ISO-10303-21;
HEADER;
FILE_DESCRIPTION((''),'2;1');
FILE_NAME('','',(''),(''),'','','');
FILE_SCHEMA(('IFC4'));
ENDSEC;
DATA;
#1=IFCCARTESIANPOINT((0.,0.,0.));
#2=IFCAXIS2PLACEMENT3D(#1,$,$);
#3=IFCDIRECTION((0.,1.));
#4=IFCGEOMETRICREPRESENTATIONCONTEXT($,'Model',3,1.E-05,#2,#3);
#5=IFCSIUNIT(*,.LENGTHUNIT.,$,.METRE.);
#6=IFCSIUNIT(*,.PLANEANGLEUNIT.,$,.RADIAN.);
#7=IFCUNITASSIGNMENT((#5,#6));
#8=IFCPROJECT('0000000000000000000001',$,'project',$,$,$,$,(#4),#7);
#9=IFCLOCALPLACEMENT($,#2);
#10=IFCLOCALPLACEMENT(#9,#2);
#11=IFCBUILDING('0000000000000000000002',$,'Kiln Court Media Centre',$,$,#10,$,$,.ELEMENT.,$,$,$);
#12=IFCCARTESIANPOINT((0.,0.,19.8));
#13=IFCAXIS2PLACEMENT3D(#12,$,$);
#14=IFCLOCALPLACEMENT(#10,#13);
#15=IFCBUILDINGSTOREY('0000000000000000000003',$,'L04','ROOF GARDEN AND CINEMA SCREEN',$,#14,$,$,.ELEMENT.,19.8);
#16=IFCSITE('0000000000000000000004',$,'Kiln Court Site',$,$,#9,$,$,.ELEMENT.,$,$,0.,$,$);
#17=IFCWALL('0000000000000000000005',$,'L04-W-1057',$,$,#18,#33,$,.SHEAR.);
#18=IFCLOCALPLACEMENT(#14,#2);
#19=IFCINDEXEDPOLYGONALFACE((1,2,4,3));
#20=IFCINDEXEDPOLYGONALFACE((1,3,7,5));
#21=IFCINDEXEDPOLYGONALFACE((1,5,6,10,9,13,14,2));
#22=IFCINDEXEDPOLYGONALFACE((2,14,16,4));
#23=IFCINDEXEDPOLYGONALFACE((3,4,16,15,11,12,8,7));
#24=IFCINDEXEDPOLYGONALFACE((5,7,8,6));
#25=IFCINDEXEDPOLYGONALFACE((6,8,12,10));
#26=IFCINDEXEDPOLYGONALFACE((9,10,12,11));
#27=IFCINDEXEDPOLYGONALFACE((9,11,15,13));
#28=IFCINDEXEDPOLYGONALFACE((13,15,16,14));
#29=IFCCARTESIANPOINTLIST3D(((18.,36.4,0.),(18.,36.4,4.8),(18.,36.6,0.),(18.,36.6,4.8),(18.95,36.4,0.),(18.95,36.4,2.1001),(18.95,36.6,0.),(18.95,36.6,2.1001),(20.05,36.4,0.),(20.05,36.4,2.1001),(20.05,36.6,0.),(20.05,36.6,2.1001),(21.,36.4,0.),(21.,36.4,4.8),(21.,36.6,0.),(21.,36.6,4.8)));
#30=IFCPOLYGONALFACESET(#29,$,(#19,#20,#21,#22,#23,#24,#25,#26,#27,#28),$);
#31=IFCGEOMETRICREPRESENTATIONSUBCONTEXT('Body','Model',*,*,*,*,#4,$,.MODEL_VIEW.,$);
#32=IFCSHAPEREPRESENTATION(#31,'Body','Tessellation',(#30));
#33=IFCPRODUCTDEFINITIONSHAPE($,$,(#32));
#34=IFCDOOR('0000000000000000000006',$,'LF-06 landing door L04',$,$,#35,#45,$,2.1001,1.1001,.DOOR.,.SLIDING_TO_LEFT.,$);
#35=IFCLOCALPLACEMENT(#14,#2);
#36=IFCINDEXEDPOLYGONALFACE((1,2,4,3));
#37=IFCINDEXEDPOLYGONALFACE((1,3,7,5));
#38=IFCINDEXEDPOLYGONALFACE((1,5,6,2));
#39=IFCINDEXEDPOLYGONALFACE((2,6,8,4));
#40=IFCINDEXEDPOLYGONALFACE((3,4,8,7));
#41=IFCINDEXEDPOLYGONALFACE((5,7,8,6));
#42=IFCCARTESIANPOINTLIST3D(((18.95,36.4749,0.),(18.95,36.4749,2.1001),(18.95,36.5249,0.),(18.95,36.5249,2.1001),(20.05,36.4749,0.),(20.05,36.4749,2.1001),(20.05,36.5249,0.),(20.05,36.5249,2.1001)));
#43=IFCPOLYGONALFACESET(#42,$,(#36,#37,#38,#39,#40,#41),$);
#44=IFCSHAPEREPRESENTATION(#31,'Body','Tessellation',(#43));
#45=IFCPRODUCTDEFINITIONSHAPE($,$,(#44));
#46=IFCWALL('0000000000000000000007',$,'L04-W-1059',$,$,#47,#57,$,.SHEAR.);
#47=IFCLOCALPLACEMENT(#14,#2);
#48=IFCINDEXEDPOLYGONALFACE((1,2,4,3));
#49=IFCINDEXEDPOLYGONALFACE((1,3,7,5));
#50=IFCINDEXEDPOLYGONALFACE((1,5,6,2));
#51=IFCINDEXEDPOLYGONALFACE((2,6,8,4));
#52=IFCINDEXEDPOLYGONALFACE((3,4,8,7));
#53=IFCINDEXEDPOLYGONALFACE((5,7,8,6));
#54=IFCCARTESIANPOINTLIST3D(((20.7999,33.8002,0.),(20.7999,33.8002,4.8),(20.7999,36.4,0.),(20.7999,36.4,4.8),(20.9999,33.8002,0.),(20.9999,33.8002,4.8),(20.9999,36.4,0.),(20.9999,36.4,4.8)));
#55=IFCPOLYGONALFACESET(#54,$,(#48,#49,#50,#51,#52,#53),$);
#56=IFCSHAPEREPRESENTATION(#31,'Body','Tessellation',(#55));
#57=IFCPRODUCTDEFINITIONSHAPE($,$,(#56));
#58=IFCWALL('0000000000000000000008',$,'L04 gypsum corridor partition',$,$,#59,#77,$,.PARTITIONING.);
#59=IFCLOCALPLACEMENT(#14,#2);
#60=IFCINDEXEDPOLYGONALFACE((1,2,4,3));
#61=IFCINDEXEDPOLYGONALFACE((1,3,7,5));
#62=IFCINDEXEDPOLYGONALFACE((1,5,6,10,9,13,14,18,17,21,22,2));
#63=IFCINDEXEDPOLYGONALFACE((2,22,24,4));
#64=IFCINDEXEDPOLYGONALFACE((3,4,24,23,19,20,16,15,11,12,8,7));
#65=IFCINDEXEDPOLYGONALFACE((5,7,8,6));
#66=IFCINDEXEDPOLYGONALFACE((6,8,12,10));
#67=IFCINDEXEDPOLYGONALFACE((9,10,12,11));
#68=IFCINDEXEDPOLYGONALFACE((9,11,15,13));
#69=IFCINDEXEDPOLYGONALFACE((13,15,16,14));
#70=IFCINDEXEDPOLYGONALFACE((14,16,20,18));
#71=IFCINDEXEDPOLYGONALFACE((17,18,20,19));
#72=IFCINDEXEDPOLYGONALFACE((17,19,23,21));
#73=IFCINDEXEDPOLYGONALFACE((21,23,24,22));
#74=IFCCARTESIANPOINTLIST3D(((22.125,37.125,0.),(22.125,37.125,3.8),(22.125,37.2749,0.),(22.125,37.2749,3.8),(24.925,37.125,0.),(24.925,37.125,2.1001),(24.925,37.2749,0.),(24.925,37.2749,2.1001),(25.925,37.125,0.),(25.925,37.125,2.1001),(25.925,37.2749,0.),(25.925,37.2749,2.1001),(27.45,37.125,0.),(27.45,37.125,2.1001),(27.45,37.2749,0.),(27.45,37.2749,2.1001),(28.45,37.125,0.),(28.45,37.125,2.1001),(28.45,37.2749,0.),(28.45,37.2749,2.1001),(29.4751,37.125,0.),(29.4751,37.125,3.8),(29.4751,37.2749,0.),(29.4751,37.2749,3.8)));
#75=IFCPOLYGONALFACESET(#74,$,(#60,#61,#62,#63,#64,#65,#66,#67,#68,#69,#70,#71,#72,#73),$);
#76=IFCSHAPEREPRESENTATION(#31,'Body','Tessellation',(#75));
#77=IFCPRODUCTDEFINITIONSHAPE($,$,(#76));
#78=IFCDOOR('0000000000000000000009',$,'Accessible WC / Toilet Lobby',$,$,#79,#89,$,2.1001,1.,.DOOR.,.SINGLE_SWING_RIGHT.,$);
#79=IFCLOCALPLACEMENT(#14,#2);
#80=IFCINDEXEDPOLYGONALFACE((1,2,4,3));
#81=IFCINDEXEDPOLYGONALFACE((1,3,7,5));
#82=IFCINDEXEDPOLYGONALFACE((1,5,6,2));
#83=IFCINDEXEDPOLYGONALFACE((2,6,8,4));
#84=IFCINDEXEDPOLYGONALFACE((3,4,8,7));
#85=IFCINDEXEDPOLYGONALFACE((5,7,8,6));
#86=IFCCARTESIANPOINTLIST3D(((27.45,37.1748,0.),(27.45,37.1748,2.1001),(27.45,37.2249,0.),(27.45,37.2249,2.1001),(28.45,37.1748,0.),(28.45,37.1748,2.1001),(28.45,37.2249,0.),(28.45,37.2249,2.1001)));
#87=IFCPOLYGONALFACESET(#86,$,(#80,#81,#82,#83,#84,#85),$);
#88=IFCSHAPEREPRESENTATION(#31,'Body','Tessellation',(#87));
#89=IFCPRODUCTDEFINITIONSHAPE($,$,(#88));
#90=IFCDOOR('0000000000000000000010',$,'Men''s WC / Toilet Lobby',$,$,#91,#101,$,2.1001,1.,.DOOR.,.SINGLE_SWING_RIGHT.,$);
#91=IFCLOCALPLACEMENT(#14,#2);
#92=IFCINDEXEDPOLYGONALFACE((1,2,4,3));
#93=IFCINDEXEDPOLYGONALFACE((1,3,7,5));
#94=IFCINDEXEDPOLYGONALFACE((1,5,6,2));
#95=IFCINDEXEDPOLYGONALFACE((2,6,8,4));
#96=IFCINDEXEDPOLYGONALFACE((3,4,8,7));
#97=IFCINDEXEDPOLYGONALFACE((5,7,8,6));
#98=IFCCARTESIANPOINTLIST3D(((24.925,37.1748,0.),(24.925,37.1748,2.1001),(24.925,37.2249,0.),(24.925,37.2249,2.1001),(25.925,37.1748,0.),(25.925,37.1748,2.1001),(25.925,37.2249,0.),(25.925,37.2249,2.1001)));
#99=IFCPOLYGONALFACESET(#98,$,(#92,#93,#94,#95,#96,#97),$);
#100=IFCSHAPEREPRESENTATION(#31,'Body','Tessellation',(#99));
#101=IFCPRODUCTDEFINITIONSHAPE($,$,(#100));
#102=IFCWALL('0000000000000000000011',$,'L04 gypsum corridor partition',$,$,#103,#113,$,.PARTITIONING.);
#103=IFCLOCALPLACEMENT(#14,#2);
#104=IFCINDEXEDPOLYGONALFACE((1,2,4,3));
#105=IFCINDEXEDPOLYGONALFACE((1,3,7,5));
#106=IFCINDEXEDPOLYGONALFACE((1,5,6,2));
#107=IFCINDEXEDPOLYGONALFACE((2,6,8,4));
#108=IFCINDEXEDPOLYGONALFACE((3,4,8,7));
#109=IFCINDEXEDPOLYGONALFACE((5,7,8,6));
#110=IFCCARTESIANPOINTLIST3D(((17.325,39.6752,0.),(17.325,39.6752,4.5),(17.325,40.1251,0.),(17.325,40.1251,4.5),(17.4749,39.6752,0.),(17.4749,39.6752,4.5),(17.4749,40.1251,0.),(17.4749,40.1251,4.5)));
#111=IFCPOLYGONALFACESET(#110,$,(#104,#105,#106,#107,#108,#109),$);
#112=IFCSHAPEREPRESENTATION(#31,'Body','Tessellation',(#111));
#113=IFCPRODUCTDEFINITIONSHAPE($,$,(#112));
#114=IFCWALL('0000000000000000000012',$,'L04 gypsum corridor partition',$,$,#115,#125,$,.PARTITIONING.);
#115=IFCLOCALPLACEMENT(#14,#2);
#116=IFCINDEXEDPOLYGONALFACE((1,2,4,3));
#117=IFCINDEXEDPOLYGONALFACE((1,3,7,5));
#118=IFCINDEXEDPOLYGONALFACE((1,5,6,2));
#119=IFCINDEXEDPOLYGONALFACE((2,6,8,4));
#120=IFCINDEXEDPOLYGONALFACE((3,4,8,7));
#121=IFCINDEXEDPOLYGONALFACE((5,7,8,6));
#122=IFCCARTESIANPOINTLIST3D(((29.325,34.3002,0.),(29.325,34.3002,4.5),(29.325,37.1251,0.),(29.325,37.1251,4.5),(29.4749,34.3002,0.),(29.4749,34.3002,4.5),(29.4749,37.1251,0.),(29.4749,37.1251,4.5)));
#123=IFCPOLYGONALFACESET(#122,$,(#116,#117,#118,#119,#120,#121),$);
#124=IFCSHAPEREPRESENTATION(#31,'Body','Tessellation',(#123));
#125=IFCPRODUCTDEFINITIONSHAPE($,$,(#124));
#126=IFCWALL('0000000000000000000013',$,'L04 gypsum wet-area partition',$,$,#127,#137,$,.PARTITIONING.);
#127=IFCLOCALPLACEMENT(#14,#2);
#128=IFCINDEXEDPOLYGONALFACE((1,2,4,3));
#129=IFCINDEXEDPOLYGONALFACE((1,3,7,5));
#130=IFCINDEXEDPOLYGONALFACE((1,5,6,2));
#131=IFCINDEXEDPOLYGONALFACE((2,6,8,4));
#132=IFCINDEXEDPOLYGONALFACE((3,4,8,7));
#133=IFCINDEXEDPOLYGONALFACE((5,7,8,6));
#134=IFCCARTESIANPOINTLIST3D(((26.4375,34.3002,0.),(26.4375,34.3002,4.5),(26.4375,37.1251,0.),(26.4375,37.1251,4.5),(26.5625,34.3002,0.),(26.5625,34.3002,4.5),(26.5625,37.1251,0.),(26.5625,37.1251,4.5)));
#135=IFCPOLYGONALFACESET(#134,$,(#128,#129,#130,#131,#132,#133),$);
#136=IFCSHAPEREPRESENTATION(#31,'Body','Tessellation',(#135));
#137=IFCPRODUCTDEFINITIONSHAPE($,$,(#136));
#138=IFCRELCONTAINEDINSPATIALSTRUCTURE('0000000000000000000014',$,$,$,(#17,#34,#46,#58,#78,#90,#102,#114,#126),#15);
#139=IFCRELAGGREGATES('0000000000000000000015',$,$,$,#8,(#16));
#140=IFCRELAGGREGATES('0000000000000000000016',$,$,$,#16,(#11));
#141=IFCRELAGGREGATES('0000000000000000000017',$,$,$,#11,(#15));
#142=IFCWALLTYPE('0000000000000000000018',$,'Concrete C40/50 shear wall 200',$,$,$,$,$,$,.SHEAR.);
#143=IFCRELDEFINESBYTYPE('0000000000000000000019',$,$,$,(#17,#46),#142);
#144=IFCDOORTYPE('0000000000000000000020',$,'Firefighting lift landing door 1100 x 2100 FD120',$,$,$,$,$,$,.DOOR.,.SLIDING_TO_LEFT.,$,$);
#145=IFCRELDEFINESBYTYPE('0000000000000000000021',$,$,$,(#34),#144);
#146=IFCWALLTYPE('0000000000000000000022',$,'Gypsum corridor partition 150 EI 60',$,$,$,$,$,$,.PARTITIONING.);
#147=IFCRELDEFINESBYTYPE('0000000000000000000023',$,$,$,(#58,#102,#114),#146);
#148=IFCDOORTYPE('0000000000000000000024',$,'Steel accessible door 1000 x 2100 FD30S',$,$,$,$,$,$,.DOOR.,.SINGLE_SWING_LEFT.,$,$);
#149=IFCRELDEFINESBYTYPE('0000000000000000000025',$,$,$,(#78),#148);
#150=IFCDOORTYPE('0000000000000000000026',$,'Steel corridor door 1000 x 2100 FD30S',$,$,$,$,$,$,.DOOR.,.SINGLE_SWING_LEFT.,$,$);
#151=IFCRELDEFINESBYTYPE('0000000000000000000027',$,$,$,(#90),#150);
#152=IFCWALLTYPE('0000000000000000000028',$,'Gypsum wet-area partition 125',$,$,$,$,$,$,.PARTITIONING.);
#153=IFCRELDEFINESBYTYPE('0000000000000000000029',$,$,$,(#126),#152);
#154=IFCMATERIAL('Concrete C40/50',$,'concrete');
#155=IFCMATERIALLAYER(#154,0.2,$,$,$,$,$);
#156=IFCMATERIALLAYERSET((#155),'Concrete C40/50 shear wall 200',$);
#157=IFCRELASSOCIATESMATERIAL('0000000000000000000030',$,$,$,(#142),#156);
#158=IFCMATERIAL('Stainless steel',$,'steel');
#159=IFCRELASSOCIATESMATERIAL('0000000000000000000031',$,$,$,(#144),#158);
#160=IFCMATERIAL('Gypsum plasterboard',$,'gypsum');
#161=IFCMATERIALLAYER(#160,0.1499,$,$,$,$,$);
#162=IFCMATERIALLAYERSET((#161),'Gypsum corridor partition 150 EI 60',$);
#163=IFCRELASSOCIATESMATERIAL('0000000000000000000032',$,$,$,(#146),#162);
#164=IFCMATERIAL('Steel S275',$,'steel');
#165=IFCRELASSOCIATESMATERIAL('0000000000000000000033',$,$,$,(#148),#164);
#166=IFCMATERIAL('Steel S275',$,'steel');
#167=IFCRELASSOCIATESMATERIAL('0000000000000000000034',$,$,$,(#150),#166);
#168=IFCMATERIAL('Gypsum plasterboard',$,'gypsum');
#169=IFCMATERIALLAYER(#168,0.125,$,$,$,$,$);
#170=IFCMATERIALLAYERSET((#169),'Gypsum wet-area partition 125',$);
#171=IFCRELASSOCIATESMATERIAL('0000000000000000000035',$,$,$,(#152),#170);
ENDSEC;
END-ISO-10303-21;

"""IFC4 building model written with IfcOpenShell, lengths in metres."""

from ifc_helpers import new_model, si_unit, direction, frame, frame_2d, origin, place, context, subcontext, project, spatial, rectangle, extrude, material, layer, layer_set, type_object, element, fill, save


model = new_model("IFC4")

# Units and contexts
model_context = context("Model", 3, precision=1e-05, world=origin(), true_north=direction((0.0, 1.0)))
body_context = subcontext(model_context, "Body", "Model", "MODEL_VIEW")
ifc_project = project(units=[si_unit("LENGTHUNIT", "METRE"), si_unit("PLANEANGLEUNIT", "RADIAN")], contexts=[model_context])

# Site, building, storey
site_placement = place(None, origin())
site = spatial("IfcSite", under=ifc_project, at=site_placement, Name="Kiln Court Site", CompositionType="ELEMENT", RefElevation=0.0)
building_placement = place(site_placement, origin())
building = spatial("IfcBuilding", under=site, at=building_placement, Name="Kiln Court Media Centre", CompositionType="ELEMENT")
storey_placement = place(building_placement, frame((0.0, 0.0, 19.8)))
storey = spatial("IfcBuildingStorey", under=building, at=storey_placement, Name="L04", Description="ROOF GARDEN AND CINEMA SCREEN", CompositionType="ELEMENT", Elevation=19.8)

# Wall, opening, door
ifc_material_1 = material(Name="Concrete C40/50", Category="concrete")
ifc_layer_1 = layer(ifc_material_1, 0.2)
ifc_layer_set_1 = layer_set([ifc_layer_1], Name="Concrete C40/50 shear wall 200")
wall_type_1 = type_object("IfcWallType", Name="Concrete C40/50 shear wall 200", PredefinedType="SHEAR", material=ifc_layer_set_1)
wall_1_placement = place(storey_placement, frame((18.0, 36.5, 0.0), z_axis=(0.0, 0.0, 1.0), x_axis=(1.0, 0.0, 0.0)))
wall_1 = element("IfcWall", 1, at=wall_1_placement, inside=storey, type_object=wall_type_1, Name="L04-W-1057", PredefinedType="SHEAR", context=body_context, shape_type="SweptSolid", body=[
    extrude(rectangle(XDim=3.0, YDim=0.2, at=frame_2d((1.5, 0.0))), origin(), (0.0, 0.0, 1.0), 4.8),
])
opening_1_placement = place(wall_1_placement, frame((0.95, 0.0, 0.0)))
opening_1 = element("IfcOpeningElement", 2, at=opening_1_placement, cuts=wall_1, PredefinedType="OPENING", context=body_context, shape_type="SweptSolid", body=[
    extrude(rectangle(XDim=1.1001, YDim=2.1001, at=frame_2d((0.55, 1.05))), frame((0.0, 0.1099, 0.0), z_axis=(0.0, -1.0, 0.0), x_axis=(1.0, 0.0, 0.0)), (0.0, 0.0, 1.0), 0.22),
])
ifc_material_2 = material(Name="Stainless steel", Category="steel")
door_type_1 = type_object("IfcDoorType", Name="Firefighting lift landing door 1100 x 2100 FD120", OperationType="SLIDING_TO_LEFT", PredefinedType="DOOR", material=ifc_material_2)
door_1_placement = place(opening_1_placement, origin())
door_1 = element("IfcDoor", 3, at=door_1_placement, inside=storey, type_object=door_type_1, Name="LF-06 landing door L04", OperationType="SLIDING_TO_LEFT", OverallHeight=2.1001, OverallWidth=1.1001, PredefinedType="DOOR", context=body_context, shape_type="SweptSolid", body=[
    extrude(rectangle(XDim=1.1001, YDim=2.1001, at=frame_2d((0.55, 1.05))), frame((0.0, 0.0249, 0.0), z_axis=(0.0, -1.0, 0.0), x_axis=(1.0, 0.0, 0.0)), (0.0, 0.0, 1.0), 0.05),
])
fill(opening_1, door_1)

# Wall
wall_2_placement = place(storey_placement, frame((20.8999, 36.3999, 0.0), z_axis=(0.0, 0.0, 1.0), x_axis=(0.0, -1.0, 0.0)))
element("IfcWall", 4, at=wall_2_placement, inside=storey, type_object=wall_type_1, Name="L04-W-1059", PredefinedType="SHEAR", context=body_context, shape_type="SweptSolid", body=[
    extrude(rectangle(XDim=2.5999, YDim=0.2, at=frame_2d((1.2998, 0.0))), origin(), (0.0, 0.0, 1.0), 4.8),
])

# Wall, openings, doors
ifc_material_3 = material(Name="Gypsum plasterboard", Category="gypsum")
ifc_layer_2 = layer(ifc_material_3, 0.1499)
ifc_layer_set_2 = layer_set([ifc_layer_2], Name="Gypsum corridor partition 150 EI 60")
wall_type_2 = type_object("IfcWallType", Name="Gypsum corridor partition 150 EI 60", PredefinedType="PARTITIONING", material=ifc_layer_set_2)
wall_3_placement = place(storey_placement, frame((22.125, 37.2, 0.0), z_axis=(0.0, 0.0, 1.0), x_axis=(1.0, 0.0, 0.0)))
wall_3 = element("IfcWall", 5, at=wall_3_placement, inside=storey, type_object=wall_type_2, Name="L04 gypsum corridor partition", PredefinedType="PARTITIONING", context=body_context, shape_type="SweptSolid", body=[
    extrude(rectangle(XDim=7.3501, YDim=0.1499, at=frame_2d((3.675, 0.0))), origin(), (0.0, 0.0, 1.0), 3.8),
])
opening_2_placement = place(wall_3_placement, frame((2.8, 0.0, 0.0)))
opening_2 = element("IfcOpeningElement", 6, at=opening_2_placement, cuts=wall_3, PredefinedType="OPENING", context=body_context, shape_type="SweptSolid", body=[
    extrude(rectangle(XDim=1.0, YDim=2.1001, at=frame_2d((0.5, 1.05))), frame((0.0, 0.085, 0.0), z_axis=(0.0, -1.0, 0.0), x_axis=(1.0, 0.0, 0.0)), (0.0, 0.0, 1.0), 0.1699),
])
opening_3_placement = place(wall_3_placement, frame((5.325, 0.0, 0.0)))
opening_3 = element("IfcOpeningElement", 7, at=opening_3_placement, cuts=wall_3, PredefinedType="OPENING", context=body_context, shape_type="SweptSolid", body=[
    extrude(rectangle(XDim=1.0, YDim=2.1001, at=frame_2d((0.5, 1.05))), frame((0.0, 0.085, 0.0), z_axis=(0.0, -1.0, 0.0), x_axis=(1.0, 0.0, 0.0)), (0.0, 0.0, 1.0), 0.1699),
])
ifc_material_4 = material(Name="Steel S275", Category="steel")
door_type_2 = type_object("IfcDoorType", Name="Steel accessible door 1000 x 2100 FD30S", OperationType="SINGLE_SWING_LEFT", PredefinedType="DOOR", material=ifc_material_4)
door_2_placement = place(opening_3_placement, origin())
door_2 = element("IfcDoor", 8, at=door_2_placement, inside=storey, type_object=door_type_2, Name="Accessible WC / Toilet Lobby", OperationType="SINGLE_SWING_RIGHT", OverallHeight=2.1001, OverallWidth=1.0, PredefinedType="DOOR", context=body_context, shape_type="SweptSolid", body=[
    extrude(rectangle(XDim=1.0, YDim=2.1001, at=frame_2d((0.5, 1.05))), frame((0.0, 0.0249, 0.0), z_axis=(0.0, -1.0, 0.0), x_axis=(1.0, 0.0, 0.0)), (0.0, 0.0, 1.0), 0.05),
])
fill(opening_3, door_2)
ifc_material_5 = material(Name="Steel S275", Category="steel")
door_type_3 = type_object("IfcDoorType", Name="Steel corridor door 1000 x 2100 FD30S", OperationType="SINGLE_SWING_LEFT", PredefinedType="DOOR", material=ifc_material_5)
door_3_placement = place(opening_2_placement, origin())
door_3 = element("IfcDoor", 9, at=door_3_placement, inside=storey, type_object=door_type_3, Name="Men's WC / Toilet Lobby", OperationType="SINGLE_SWING_RIGHT", OverallHeight=2.1001, OverallWidth=1.0, PredefinedType="DOOR", context=body_context, shape_type="SweptSolid", body=[
    extrude(rectangle(XDim=1.0, YDim=2.1001, at=frame_2d((0.5, 1.05))), frame((0.0, 0.0249, 0.0), z_axis=(0.0, -1.0, 0.0), x_axis=(1.0, 0.0, 0.0)), (0.0, 0.0, 1.0), 0.05),
])
fill(opening_2, door_3)

# Walls
wall_4_placement = place(storey_placement, frame((17.3999, 39.675, 0.0), z_axis=(0.0, 0.0, 1.0), x_axis=(0.0, 1.0, 0.0)))
element("IfcWall", 10, at=wall_4_placement, inside=storey, type_object=wall_type_2, Name="L04 gypsum corridor partition", PredefinedType="PARTITIONING", context=body_context, shape_type="SweptSolid", body=[
    extrude(rectangle(XDim=0.45, YDim=0.1499, at=frame_2d((0.2251, 0.0))), origin(), (0.0, 0.0, 1.0), 4.5),
])
wall_5_placement = place(storey_placement, frame((29.3999, 34.3, 0.0), z_axis=(0.0, 0.0, 1.0), x_axis=(0.0, 1.0, 0.0)))
element("IfcWall", 11, at=wall_5_placement, inside=storey, type_object=wall_type_2, Name="L04 gypsum corridor partition", PredefinedType="PARTITIONING", context=body_context, shape_type="SweptSolid", body=[
    extrude(rectangle(XDim=2.825, YDim=0.1499, at=frame_2d((1.4126, 0.0))), origin(), (0.0, 0.0, 1.0), 4.5),
])
ifc_material_6 = material(Name="Gypsum plasterboard", Category="gypsum")
ifc_layer_3 = layer(ifc_material_6, 0.125)
ifc_layer_set_3 = layer_set([ifc_layer_3], Name="Gypsum wet-area partition 125")
wall_type_3 = type_object("IfcWallType", Name="Gypsum wet-area partition 125", PredefinedType="PARTITIONING", material=ifc_layer_set_3)
wall_6_placement = place(storey_placement, frame((26.5, 34.3, 0.0), z_axis=(0.0, 0.0, 1.0), x_axis=(0.0, 1.0, 0.0)))
element("IfcWall", 12, at=wall_6_placement, inside=storey, type_object=wall_type_3, Name="L04 gypsum wet-area partition", PredefinedType="PARTITIONING", context=body_context, shape_type="SweptSolid", body=[
    extrude(rectangle(XDim=2.825, YDim=0.125, at=frame_2d((1.4126, 0.0))), origin(), (0.0, 0.0, 1.0), 4.5),
])

save(model, "model.ifc")
